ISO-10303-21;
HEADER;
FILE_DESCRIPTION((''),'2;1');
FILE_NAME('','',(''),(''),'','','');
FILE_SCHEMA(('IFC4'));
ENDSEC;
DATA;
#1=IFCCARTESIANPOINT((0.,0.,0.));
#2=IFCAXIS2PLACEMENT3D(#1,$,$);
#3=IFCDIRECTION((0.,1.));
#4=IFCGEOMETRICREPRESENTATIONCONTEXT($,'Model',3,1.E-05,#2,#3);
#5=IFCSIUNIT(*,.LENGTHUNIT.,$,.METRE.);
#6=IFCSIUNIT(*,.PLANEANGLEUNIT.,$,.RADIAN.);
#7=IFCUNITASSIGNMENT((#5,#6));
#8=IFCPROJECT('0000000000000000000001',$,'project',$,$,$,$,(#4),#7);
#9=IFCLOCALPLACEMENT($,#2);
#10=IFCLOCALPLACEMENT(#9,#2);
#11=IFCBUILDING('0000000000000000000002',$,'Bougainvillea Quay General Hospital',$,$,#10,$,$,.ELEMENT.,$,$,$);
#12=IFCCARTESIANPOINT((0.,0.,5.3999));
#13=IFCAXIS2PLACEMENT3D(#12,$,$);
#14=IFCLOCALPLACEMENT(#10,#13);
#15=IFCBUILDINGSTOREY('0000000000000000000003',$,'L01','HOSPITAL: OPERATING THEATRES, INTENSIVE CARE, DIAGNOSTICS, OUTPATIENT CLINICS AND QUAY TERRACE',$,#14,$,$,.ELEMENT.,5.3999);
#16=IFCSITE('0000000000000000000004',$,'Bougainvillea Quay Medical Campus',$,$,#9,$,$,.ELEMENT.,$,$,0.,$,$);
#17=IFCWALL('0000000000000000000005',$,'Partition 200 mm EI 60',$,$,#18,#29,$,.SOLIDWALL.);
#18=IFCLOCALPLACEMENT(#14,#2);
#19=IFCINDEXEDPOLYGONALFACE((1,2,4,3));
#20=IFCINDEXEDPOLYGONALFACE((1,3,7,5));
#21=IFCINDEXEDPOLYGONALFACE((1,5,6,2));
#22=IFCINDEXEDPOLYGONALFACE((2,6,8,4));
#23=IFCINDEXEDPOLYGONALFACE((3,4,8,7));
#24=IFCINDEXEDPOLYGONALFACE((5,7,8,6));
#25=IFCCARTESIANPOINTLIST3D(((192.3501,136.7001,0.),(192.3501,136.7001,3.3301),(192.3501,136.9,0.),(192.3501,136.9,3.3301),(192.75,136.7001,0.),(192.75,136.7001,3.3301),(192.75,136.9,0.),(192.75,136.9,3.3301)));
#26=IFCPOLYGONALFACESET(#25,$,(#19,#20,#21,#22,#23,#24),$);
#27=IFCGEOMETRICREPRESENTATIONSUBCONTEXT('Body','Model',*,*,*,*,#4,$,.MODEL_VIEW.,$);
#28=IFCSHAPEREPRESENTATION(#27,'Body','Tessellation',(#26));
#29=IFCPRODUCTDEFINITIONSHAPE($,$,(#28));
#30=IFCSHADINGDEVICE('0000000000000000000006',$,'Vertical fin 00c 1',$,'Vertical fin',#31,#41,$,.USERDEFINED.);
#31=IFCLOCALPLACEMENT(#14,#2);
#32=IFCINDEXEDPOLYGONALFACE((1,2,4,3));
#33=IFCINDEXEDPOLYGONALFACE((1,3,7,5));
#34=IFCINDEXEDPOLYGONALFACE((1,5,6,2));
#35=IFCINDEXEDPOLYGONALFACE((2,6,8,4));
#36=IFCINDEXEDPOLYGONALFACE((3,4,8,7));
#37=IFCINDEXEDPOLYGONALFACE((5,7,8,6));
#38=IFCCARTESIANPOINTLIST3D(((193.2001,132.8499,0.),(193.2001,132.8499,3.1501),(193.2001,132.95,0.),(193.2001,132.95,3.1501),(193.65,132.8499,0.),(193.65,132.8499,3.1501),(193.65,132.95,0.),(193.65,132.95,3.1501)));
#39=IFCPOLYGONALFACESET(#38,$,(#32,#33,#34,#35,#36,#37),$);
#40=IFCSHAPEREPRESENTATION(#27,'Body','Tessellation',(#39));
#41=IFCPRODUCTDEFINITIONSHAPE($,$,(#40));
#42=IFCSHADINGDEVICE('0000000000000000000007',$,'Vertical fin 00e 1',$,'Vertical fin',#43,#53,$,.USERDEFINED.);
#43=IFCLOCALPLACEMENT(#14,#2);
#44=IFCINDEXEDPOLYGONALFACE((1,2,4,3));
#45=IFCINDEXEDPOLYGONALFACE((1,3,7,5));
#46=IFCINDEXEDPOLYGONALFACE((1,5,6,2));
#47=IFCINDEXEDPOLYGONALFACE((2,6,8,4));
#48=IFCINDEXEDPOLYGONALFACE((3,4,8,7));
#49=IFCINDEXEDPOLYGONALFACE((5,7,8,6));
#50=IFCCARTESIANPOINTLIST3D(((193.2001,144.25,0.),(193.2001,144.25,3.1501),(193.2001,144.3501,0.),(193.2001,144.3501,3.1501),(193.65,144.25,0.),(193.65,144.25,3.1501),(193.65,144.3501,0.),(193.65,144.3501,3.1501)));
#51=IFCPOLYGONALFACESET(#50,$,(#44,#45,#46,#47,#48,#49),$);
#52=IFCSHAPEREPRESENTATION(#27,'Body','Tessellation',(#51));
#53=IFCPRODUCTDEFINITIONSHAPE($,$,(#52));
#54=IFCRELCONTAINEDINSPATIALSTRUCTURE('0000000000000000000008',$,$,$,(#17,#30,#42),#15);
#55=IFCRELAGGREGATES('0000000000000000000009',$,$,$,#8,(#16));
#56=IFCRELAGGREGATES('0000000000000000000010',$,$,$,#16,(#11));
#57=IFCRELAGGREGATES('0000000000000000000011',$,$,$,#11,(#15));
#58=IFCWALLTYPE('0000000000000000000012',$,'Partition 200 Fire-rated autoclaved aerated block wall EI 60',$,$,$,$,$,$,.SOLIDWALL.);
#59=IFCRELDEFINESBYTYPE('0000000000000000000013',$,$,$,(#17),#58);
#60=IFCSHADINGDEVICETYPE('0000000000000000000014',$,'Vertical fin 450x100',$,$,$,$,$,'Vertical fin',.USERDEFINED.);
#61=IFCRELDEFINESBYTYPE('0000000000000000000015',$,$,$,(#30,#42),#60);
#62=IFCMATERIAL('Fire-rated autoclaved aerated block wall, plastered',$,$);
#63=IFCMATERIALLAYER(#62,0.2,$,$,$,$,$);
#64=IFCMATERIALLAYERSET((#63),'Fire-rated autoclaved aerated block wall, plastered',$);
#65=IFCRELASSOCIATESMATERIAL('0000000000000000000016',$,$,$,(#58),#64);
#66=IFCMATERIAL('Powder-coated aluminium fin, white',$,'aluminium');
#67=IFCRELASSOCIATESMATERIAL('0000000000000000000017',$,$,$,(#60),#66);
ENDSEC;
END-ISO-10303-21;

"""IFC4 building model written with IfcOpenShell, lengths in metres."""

from ifc_helpers import new_model, si_unit, direction, frame, frame_2d, origin, origin_2d, place, context, subcontext, project, spatial, rectangle, extrude, material, layer, layer_set, material_profile, profile_set, type_object, element, save


model = new_model("IFC4")

# Units and contexts
model_context = context("Model", 3, precision=1e-05, world=origin(), true_north=direction((0.0, 1.0)))
body_context = subcontext(model_context, "Body", "Model", "MODEL_VIEW")
ifc_project = project(units=[si_unit("LENGTHUNIT", "METRE"), si_unit("PLANEANGLEUNIT", "RADIAN")], contexts=[model_context])

# Site, building, storey
site_placement = place(None, origin())
site = spatial("IfcSite", under=ifc_project, at=site_placement, Name="Bougainvillea Quay Medical Campus", CompositionType="ELEMENT", RefElevation=0.0)
building_placement = place(site_placement, origin())
building = spatial("IfcBuilding", under=site, at=building_placement, Name="Bougainvillea Quay General Hospital", CompositionType="ELEMENT")
storey_placement = place(building_placement, frame((0.0, 0.0, 5.3999)))
storey = spatial("IfcBuildingStorey", under=building, at=storey_placement, Name="L01", Description="HOSPITAL: OPERATING THEATRES, INTENSIVE CARE, DIAGNOSTICS, OUTPATIENT CLINICS AND QUAY TERRACE", CompositionType="ELEMENT", Elevation=5.3999)

# Shared definitions
ifc_material_1 = material(Name="Fire-rated autoclaved aerated block wall, plastered")
ifc_layer_1 = layer(ifc_material_1, 0.2)
ifc_layer_set_1 = layer_set([ifc_layer_1], Name="Fire-rated autoclaved aerated block wall, plastered")
wall_type_1 = type_object("IfcWallType", Name="Partition 200 Fire-rated autoclaved aerated block wall EI 60", PredefinedType="SOLIDWALL", material=ifc_layer_set_1)

# Wall
wall_1_placement = place(storey_placement, frame((192.3501, 136.8, 0.0), z_axis=(0.0, 0.0, 1.0), x_axis=(1.0, 0.0, 0.0)))
element("IfcWall", 1, at=wall_1_placement, inside=storey, type_object=wall_type_1, Name="Partition 200 mm EI 60", PredefinedType="SOLIDWALL", context=body_context, shape_type="SweptSolid", body=[
    extrude(rectangle(XDim=0.3999, YDim=0.2, at=frame_2d((0.2, 0.0))), origin(), (0.0, 0.0, 1.0), 3.3301),
])

# Shading devices
ifc_material_2 = material(Name="Powder-coated aluminium fin, white", Category="aluminium")
ifc_material_profile_1 = material_profile(ifc_material_2, rectangle(XDim=0.45, YDim=0.1001, at=origin_2d()))
ifc_profile_set_1 = profile_set([ifc_material_profile_1], Name="Powder-coated aluminium fin, white")
shading_device_type = type_object("IfcShadingDeviceType", Name="Vertical fin 450x100", ElementType="Vertical fin", PredefinedType="USERDEFINED", material=ifc_profile_set_1)
for number, where, z_axis, x_axis, name in (
    (2, (193.425, 132.8999, 0.0), (0.0, 0.0, 1.0), (1.0, 0.0, 0.0), "Vertical fin 00c 1"),
    (3, (193.425, 144.3, 0.0), (0.0, 0.0, 1.0), (1.0, 0.0, 0.0), "Vertical fin 00e 1"),
):
    element("IfcShadingDevice", number, at=place(storey_placement, frame(where, z_axis=z_axis, x_axis=x_axis)), inside=storey, type_object=shading_device_type, Name=name, ObjectType="Vertical fin", PredefinedType="USERDEFINED", context=body_context, shape_type="SweptSolid", body=[
        extrude(rectangle(XDim=0.45, YDim=0.1001, at=origin_2d()), origin(), (0.0, 0.0, 1.0), 3.1501),
    ])

save(model, "model.ifc")
